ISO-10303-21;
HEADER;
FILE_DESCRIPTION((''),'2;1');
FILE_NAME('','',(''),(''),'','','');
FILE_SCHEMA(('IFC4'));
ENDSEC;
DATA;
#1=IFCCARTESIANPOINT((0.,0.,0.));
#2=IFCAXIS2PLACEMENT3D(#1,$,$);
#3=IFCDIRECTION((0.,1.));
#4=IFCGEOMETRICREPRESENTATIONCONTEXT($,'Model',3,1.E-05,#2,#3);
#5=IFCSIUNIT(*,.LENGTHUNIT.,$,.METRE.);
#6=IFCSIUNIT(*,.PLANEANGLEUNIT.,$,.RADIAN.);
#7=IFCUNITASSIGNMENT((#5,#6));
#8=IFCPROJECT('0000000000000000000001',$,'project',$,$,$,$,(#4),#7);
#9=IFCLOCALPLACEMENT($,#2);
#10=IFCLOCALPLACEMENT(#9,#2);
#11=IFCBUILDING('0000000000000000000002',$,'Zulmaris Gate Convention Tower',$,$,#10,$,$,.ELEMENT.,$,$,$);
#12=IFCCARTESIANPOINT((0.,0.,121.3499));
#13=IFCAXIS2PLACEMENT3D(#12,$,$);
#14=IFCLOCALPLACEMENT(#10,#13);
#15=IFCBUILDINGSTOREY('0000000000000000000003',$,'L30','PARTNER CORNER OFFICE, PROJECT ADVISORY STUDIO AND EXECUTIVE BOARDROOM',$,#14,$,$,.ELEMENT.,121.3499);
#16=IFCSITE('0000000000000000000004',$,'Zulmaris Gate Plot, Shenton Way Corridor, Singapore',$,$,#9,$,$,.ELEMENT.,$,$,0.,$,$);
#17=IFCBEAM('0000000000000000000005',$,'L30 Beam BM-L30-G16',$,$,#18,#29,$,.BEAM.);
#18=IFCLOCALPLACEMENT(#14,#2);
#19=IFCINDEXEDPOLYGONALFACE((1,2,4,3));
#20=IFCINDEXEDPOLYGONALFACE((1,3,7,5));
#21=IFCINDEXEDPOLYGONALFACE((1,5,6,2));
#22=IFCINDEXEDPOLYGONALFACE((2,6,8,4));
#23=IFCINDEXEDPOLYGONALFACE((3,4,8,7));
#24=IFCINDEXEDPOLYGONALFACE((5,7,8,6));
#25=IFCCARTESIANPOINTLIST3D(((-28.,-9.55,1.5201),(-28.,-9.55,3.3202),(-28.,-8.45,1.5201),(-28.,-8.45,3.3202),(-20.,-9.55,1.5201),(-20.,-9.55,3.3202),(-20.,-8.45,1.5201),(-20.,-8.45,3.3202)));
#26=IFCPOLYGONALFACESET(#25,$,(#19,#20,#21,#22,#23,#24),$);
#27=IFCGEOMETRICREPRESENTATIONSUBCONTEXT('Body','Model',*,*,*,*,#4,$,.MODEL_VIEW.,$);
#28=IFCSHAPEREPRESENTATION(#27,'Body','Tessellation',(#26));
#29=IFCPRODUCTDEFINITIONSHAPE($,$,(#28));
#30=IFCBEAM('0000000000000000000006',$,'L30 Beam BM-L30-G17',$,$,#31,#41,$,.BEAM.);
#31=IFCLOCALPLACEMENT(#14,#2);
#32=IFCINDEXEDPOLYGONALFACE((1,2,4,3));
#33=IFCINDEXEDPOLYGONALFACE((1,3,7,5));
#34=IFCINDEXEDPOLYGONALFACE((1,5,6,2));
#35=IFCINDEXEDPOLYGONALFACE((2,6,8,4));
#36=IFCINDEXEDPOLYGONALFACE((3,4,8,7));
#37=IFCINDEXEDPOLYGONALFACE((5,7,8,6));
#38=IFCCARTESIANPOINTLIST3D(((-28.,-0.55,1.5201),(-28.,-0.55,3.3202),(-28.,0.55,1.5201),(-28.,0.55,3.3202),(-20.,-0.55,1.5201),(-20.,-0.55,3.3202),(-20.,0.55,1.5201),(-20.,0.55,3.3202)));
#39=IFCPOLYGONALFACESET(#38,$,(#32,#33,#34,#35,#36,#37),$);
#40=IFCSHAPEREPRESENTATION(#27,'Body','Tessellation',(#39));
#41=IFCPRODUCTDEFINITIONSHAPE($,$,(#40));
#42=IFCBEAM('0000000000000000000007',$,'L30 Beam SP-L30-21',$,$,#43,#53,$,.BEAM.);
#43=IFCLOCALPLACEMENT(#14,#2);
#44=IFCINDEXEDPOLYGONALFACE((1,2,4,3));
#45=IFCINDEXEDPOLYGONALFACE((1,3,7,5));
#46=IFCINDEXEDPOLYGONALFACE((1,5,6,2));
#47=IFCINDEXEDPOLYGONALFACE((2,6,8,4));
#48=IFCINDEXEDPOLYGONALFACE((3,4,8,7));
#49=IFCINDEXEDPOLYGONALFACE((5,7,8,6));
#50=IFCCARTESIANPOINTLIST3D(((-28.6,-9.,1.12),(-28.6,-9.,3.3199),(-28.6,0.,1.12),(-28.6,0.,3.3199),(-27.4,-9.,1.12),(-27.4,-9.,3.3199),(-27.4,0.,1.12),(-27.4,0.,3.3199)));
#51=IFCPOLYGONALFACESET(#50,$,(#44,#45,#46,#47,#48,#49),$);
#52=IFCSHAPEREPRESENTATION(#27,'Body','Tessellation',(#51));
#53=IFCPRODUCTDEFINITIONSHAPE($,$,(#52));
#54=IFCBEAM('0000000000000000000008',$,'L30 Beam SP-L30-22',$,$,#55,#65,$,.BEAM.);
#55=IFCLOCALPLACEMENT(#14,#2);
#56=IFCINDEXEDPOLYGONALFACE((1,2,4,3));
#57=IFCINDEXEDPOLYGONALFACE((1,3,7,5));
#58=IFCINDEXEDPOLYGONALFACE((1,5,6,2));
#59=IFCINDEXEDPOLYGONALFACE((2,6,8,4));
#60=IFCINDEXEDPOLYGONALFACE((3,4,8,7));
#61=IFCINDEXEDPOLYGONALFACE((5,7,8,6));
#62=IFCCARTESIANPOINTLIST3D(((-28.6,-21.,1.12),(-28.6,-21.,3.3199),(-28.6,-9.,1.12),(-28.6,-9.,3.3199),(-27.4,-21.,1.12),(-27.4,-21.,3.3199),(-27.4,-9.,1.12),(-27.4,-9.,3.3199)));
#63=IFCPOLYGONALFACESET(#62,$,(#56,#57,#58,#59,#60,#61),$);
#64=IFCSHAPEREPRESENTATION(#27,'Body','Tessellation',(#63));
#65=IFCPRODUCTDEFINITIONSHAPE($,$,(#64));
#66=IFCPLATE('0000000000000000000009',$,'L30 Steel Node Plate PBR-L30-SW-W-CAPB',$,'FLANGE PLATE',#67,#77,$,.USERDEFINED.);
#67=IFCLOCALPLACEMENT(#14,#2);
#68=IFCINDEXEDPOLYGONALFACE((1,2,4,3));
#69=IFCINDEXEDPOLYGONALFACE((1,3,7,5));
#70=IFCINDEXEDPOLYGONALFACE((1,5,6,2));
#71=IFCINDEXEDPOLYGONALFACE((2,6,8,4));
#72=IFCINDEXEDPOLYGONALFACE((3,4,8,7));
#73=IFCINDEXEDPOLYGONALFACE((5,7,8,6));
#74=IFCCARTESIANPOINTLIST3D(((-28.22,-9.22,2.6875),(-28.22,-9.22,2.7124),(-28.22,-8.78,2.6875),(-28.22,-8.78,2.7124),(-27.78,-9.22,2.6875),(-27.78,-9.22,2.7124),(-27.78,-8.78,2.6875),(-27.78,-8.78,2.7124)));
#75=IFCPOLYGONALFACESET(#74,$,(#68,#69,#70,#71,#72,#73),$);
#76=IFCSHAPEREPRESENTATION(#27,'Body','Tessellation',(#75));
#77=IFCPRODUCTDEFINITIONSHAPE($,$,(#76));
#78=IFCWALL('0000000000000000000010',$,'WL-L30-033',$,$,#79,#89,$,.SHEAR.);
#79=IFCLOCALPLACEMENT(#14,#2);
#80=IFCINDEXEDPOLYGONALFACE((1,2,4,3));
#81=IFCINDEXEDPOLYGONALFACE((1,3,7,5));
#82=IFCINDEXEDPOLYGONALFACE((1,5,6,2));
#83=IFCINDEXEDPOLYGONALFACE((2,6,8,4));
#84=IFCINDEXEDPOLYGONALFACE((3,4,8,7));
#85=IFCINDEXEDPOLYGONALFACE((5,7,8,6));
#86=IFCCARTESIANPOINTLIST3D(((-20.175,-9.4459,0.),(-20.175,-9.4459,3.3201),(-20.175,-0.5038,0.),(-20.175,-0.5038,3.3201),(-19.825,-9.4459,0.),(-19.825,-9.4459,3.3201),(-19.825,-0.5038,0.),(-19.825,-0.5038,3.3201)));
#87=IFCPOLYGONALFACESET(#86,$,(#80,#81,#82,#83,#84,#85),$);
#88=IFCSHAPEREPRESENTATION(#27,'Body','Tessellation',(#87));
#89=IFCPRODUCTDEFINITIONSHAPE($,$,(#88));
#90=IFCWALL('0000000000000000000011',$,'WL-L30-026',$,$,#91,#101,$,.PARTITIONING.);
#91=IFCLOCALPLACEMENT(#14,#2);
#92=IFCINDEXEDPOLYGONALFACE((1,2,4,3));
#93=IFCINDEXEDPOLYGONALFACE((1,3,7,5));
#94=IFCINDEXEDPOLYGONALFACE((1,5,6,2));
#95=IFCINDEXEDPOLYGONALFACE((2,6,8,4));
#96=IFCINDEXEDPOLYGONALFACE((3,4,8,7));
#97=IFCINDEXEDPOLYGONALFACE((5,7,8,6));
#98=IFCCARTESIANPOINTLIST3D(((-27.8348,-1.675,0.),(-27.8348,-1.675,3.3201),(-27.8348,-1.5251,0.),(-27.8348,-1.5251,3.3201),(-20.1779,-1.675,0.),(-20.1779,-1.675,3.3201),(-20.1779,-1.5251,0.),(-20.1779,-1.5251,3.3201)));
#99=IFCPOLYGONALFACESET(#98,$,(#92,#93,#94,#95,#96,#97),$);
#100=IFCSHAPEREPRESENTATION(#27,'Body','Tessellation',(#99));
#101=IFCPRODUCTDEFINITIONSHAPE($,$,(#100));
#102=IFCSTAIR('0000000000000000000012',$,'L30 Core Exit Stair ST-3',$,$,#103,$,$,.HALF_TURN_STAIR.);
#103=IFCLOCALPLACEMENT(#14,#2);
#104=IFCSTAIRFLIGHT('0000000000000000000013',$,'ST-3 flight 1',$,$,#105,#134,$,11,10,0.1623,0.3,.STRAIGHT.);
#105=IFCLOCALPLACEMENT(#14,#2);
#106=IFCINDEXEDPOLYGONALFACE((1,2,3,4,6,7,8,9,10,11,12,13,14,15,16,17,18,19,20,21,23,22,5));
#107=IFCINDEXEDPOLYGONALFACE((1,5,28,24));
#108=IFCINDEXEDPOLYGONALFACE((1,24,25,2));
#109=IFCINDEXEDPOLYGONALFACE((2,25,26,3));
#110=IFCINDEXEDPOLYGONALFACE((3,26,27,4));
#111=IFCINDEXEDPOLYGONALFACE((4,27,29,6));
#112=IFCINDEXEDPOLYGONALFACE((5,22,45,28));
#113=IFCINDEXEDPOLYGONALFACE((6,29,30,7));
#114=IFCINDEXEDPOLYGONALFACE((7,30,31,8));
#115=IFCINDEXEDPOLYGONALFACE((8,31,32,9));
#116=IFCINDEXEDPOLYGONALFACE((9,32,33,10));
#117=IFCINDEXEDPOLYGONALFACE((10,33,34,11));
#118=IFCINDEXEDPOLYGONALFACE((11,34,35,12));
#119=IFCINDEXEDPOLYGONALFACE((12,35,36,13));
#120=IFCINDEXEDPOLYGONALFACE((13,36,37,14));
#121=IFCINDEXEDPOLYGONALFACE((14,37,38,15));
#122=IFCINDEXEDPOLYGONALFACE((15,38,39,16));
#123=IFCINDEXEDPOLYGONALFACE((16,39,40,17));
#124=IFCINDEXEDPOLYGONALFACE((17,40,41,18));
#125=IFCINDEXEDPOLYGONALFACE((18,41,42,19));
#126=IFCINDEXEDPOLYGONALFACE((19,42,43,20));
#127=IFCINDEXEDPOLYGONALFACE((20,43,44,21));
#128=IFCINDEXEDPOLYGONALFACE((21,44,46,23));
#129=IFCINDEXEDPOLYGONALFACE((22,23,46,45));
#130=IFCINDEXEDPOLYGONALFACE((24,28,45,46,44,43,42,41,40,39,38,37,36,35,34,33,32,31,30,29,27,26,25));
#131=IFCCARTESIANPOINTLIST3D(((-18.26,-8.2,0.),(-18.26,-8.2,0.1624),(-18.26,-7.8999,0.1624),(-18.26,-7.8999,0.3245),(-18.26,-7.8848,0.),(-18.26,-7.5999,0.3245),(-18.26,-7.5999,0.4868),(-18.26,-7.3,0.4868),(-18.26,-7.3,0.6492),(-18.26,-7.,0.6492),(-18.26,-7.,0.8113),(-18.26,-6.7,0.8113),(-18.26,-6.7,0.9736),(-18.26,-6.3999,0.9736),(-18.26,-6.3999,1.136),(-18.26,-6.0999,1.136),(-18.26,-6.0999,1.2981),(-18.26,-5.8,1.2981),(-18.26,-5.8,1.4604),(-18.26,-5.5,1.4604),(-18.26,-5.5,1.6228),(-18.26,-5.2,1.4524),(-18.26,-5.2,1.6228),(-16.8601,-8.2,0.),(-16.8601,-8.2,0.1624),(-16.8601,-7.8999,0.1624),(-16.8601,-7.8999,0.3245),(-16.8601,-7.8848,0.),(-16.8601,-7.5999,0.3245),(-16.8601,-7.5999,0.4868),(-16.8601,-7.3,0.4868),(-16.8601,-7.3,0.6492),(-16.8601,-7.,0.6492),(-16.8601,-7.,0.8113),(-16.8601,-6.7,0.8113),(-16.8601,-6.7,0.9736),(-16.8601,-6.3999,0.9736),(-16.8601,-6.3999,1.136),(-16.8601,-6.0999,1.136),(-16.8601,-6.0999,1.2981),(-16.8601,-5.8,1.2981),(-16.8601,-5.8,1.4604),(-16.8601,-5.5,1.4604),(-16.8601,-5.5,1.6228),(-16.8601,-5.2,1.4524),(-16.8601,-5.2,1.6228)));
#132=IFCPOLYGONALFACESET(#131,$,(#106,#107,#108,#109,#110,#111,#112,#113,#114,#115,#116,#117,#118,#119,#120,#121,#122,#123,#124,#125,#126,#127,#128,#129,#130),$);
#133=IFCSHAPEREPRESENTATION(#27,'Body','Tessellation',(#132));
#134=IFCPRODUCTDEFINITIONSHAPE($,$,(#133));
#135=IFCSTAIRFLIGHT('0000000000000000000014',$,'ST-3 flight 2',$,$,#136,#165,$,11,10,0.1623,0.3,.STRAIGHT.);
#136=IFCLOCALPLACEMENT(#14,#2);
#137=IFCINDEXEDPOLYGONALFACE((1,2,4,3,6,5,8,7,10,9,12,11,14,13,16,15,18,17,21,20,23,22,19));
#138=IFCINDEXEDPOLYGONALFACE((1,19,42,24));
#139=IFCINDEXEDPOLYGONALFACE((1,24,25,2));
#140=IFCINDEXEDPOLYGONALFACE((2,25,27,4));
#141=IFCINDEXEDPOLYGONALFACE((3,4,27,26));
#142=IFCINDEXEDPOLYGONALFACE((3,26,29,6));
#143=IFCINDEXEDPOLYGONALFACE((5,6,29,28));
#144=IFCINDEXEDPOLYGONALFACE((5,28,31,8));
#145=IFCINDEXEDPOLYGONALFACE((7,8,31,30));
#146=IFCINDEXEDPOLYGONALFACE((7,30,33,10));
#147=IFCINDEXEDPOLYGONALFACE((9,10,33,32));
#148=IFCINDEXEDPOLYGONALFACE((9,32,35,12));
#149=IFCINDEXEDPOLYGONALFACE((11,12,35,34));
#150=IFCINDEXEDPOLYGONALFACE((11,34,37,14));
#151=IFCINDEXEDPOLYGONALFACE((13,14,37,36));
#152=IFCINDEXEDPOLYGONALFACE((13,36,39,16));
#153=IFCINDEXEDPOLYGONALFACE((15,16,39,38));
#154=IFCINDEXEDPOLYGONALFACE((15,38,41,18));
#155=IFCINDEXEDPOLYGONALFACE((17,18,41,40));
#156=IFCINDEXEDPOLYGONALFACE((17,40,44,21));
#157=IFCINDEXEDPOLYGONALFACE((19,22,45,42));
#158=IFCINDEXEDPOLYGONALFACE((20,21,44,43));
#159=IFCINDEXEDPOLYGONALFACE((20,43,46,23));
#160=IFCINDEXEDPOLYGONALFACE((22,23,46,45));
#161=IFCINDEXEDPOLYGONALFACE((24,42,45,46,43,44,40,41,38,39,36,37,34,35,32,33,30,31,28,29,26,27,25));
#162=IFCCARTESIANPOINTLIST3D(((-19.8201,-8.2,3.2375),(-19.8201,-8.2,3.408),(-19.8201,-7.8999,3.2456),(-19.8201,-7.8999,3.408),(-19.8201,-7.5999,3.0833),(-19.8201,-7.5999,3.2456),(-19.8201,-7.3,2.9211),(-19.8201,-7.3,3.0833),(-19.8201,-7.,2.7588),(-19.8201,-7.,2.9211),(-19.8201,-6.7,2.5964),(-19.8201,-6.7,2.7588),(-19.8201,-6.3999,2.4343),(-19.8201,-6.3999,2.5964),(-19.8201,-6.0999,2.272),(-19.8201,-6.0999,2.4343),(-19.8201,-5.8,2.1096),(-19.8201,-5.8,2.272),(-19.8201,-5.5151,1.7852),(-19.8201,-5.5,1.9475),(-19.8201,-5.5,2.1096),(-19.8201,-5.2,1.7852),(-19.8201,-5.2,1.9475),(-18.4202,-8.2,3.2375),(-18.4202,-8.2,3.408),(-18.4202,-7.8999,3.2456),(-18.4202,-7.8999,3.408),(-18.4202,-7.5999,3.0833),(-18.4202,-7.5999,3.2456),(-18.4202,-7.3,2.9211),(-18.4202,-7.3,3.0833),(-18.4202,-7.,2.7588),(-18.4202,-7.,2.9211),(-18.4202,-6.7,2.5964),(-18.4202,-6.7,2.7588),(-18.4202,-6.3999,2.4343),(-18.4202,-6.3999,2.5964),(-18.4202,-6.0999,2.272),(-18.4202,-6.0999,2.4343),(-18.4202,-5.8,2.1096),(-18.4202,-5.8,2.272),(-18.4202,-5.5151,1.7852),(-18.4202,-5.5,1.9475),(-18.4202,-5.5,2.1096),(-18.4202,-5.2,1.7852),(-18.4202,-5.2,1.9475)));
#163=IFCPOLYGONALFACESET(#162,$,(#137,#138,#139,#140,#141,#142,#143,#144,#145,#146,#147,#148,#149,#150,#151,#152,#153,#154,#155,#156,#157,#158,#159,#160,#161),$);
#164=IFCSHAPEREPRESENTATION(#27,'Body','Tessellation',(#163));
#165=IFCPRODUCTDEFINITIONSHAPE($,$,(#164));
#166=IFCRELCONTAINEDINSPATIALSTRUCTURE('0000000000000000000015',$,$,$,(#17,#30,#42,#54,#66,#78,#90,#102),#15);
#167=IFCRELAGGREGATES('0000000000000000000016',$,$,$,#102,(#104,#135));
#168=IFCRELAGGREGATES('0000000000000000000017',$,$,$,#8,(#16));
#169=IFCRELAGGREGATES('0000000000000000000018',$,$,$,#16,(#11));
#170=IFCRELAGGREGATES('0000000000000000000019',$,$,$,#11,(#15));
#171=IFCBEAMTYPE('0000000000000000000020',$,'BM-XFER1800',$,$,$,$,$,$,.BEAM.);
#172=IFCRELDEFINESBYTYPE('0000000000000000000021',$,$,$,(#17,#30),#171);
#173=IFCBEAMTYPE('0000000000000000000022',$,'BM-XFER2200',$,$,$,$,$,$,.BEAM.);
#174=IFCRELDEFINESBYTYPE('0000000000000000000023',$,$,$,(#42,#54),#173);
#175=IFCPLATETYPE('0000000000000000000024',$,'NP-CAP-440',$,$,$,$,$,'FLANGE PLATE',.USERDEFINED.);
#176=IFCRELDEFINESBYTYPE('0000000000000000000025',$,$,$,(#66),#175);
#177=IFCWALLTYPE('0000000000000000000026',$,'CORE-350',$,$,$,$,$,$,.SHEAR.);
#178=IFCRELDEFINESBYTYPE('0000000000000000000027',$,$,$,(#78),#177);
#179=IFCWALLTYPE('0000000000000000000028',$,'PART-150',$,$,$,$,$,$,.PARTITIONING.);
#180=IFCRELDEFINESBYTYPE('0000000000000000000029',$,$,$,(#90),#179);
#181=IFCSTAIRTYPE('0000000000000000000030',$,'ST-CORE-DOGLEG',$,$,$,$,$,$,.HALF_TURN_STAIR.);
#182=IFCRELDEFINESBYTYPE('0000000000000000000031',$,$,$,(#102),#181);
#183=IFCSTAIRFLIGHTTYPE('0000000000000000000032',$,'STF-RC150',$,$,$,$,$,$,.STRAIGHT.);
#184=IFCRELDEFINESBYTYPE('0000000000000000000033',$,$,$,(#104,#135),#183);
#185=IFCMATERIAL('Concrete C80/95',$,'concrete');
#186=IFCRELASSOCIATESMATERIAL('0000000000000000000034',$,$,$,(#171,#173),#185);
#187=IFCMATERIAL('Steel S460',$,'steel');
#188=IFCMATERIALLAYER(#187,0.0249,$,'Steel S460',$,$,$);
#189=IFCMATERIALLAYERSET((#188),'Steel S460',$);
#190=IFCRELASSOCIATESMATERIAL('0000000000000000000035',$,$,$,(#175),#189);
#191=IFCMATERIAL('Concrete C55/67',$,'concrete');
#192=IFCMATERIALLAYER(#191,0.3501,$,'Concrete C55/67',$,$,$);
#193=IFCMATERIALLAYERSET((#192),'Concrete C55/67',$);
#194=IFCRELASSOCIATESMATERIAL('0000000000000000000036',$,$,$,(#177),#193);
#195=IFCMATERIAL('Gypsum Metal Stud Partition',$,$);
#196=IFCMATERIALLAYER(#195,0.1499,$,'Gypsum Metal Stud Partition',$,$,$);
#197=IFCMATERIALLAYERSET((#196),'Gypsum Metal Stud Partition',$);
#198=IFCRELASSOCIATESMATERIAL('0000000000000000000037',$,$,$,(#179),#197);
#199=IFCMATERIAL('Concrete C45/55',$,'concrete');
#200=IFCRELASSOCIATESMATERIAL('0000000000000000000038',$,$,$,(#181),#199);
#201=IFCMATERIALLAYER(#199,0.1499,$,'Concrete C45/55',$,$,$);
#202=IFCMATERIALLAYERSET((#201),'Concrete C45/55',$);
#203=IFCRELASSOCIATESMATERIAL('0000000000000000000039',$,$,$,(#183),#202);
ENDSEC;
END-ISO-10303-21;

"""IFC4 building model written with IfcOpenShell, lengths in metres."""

from ifc_helpers import new_model, si_unit, direction, frame, frame_2d, origin, origin_2d, place, context, subcontext, project, spatial, polyline, rectangle, outline, extrude, material, layer, layer_set, material_profile, profile_set, type_object, element, aggregate, save


model = new_model("IFC4")

# Units and contexts
model_context = context("Model", 3, precision=1e-05, world=origin(), true_north=direction((0.0, 1.0)))
body_context = subcontext(model_context, "Body", "Model", "MODEL_VIEW")
ifc_project = project(units=[si_unit("LENGTHUNIT", "METRE"), si_unit("PLANEANGLEUNIT", "RADIAN")], contexts=[model_context])

# Site, building, storey
site_placement = place(None, origin())
site = spatial("IfcSite", under=ifc_project, at=site_placement, Name="Zulmaris Gate Plot, Shenton Way Corridor, Singapore", CompositionType="ELEMENT", RefElevation=0.0)
building_placement = place(site_placement, origin())
building = spatial("IfcBuilding", under=site, at=building_placement, Name="Zulmaris Gate Convention Tower", CompositionType="ELEMENT")
storey_placement = place(building_placement, frame((0.0, 0.0, 121.3499)))
storey = spatial("IfcBuildingStorey", under=building, at=storey_placement, Name="L30", Description="PARTNER CORNER OFFICE, PROJECT ADVISORY STUDIO AND EXECUTIVE BOARDROOM", CompositionType="ELEMENT", Elevation=121.3499)

# Beams
ifc_material_1 = material(Name="Concrete C80/95", Category="concrete")
ifc_material_profile_1 = material_profile(ifc_material_1, rectangle(XDim=1.1001, YDim=1.8, at=origin_2d()), Name="RC TRANSFER 1100x1800")
ifc_profile_set_1 = profile_set([ifc_material_profile_1], Name="Concrete C80/95")
beam_type_1 = type_object("IfcBeamType", Name="BM-XFER1800", PredefinedType="BEAM", material=ifc_profile_set_1)
for number, where, z_axis, x_axis, name in (
    (1, (-28.0, -9.0, 2.4202), (1.0, 0.0, 0.0), (0.0, 1.0, 0.0), "L30 Beam BM-L30-G16"),
    (2, (-28.0, 0.0, 2.4202), (1.0, 0.0, 0.0), (0.0, 1.0, 0.0), "L30 Beam BM-L30-G17"),
):
    element("IfcBeam", number, at=place(storey_placement, frame(where, z_axis=z_axis, x_axis=x_axis)), inside=storey, type_object=beam_type_1, Name=name, PredefinedType="BEAM", context=body_context, shape_type="SweptSolid", body=[
        extrude(rectangle(XDim=1.1001, YDim=1.8, at=origin_2d()), origin(), (0.0, 0.0, 1.0), 8.0),
    ])
ifc_material_profile_2 = material_profile(ifc_material_1, rectangle(XDim=1.2, YDim=2.2, at=origin_2d()), Name="RC TRANSFER 1200x2200")
ifc_profile_set_2 = profile_set([ifc_material_profile_2], Name="Concrete C80/95")
beam_type_2 = type_object("IfcBeamType", Name="BM-XFER2200", PredefinedType="BEAM", material=ifc_profile_set_2)
beam_1_placement = place(storey_placement, frame((-28.0, 0.0, 2.22), z_axis=(0.0, -1.0, 0.0), x_axis=(1.0, 0.0, 0.0)))
element("IfcBeam", 3, at=beam_1_placement, inside=storey, type_object=beam_type_2, Name="L30 Beam SP-L30-21", PredefinedType="BEAM", context=body_context, shape_type="SweptSolid", body=[
    extrude(rectangle(XDim=1.2, YDim=2.2, at=origin_2d()), origin(), (0.0, 0.0, 1.0), 9.0),
])
beam_2_placement = place(storey_placement, frame((-28.0, -9.0, 2.22), z_axis=(0.0, -1.0, 0.0), x_axis=(1.0, 0.0, 0.0)))
element("IfcBeam", 4, at=beam_2_placement, inside=storey, type_object=beam_type_2, Name="L30 Beam SP-L30-22", PredefinedType="BEAM", context=body_context, shape_type="SweptSolid", body=[
    extrude(rectangle(XDim=1.2, YDim=2.2, at=origin_2d()), origin(), (0.0, 0.0, 1.0), 12.0),
])

# Plate
ifc_material_2 = material(Name="Steel S460", Category="steel")
ifc_layer_1 = layer(ifc_material_2, 0.0249, Name="Steel S460")
ifc_layer_set_1 = layer_set([ifc_layer_1], Name="Steel S460")
plate_type = type_object("IfcPlateType", Name="NP-CAP-440", ElementType="FLANGE PLATE", PredefinedType="USERDEFINED", material=ifc_layer_set_1)
plate_placement = place(storey_placement, frame((-28.0, -9.0, 2.6875), z_axis=(0.0, 0.0, 1.0), x_axis=(1.0, 0.0, 0.0)))
element("IfcPlate", 5, at=plate_placement, inside=storey, type_object=plate_type, Name="L30 Steel Node Plate PBR-L30-SW-W-CAPB", ObjectType="FLANGE PLATE", PredefinedType="USERDEFINED", context=body_context, shape_type="SweptSolid", body=[
    extrude(rectangle(XDim=0.4399, YDim=0.4399, at=origin_2d()), origin(), (0.0, 0.0, 1.0), 0.0249),
])

# Shared definitions
ifc_material_3 = material(Name="Concrete C55/67", Category="concrete")
ifc_layer_2 = layer(ifc_material_3, 0.3501, Name="Concrete C55/67")
ifc_layer_set_2 = layer_set([ifc_layer_2], Name="Concrete C55/67")
wall_type_1 = type_object("IfcWallType", Name="CORE-350", PredefinedType="SHEAR", material=ifc_layer_set_2)

# Walls
wall_1_placement = place(storey_placement, frame((-20.0, -9.446, 0.0), z_axis=(0.0, 0.0, 1.0), x_axis=(0.0, 1.0, 0.0)))
element("IfcWall", 6, at=wall_1_placement, inside=storey, type_object=wall_type_1, Name="WL-L30-033", PredefinedType="SHEAR", context=body_context, shape_type="SweptSolid", body=[
    extrude(rectangle(XDim=8.9421, YDim=0.3501, at=frame_2d((4.4712, 0.0))), origin(), (0.0, 0.0, 1.0), 3.3201),
])
ifc_material_4 = material(Name="Gypsum Metal Stud Partition")
ifc_layer_3 = layer(ifc_material_4, 0.1499, Name="Gypsum Metal Stud Partition")
ifc_layer_set_3 = layer_set([ifc_layer_3], Name="Gypsum Metal Stud Partition")
wall_type_2 = type_object("IfcWallType", Name="PART-150", PredefinedType="PARTITIONING", material=ifc_layer_set_3)
wall_2_placement = place(storey_placement, frame((-27.835, -1.6001, 0.0), z_axis=(0.0, 0.0, 1.0), x_axis=(1.0, 0.0, 0.0)))
element("IfcWall", 7, at=wall_2_placement, inside=storey, type_object=wall_type_2, Name="WL-L30-026", PredefinedType="PARTITIONING", context=body_context, shape_type="SweptSolid", body=[
    extrude(rectangle(XDim=7.657, YDim=0.1499, at=frame_2d((3.8286, 0.0))), origin(), (0.0, 0.0, 1.0), 3.3201),
])

# Stair, stair flights
ifc_material_5 = material(Name="Concrete C45/55", Category="concrete")
stair_type = type_object("IfcStairType", Name="ST-CORE-DOGLEG", PredefinedType="HALF_TURN_STAIR", material=ifc_material_5)
stair_placement = place(storey_placement, origin())
stair = element("IfcStair", 8, at=stair_placement, inside=storey, type_object=stair_type, Name="L30 Core Exit Stair ST-3", PredefinedType="HALF_TURN_STAIR")
ifc_layer_4 = layer(ifc_material_5, 0.1499, Name="Concrete C45/55")
ifc_layer_set_4 = layer_set([ifc_layer_4], Name="Concrete C45/55")
stair_flight_type = type_object("IfcStairFlightType", Name="STF-RC150", PredefinedType="STRAIGHT", material=ifc_layer_set_4)
stair_flight_1_placement = place(storey_placement, frame((-17.5601, -8.2, 0.0), z_axis=(0.0, 0.0, 1.0), x_axis=(0.0, 1.0, 0.0)))
stair_flight_1 = element("IfcStairFlight", 9, at=stair_flight_1_placement, type_object=stair_flight_type, Name="ST-3 flight 1", NumberOfRisers=11, NumberOfTreads=10, PredefinedType="STRAIGHT", RiserHeight=0.1623, TreadLength=0.3, context=body_context, shape_type="SweptSolid", body=[
    extrude(outline(polyline([(0.0, 0.0), (0.0, 0.1624), (0.3, 0.1624), (0.3, 0.3245), (0.6001, 0.3245), (0.6001, 0.4868), (0.8999, 0.4868), (0.8999, 0.6492), (1.2, 0.6492), (1.2, 0.8113), (1.5, 0.8113), (1.5, 0.9736), (1.8, 0.9736), (1.8, 1.136), (2.1001, 1.136), (2.1001, 1.2981), (2.3999, 1.2981), (2.3999, 1.4604), (2.7, 1.4604), (2.7, 1.6228), (3.0, 1.6228), (3.0, 1.7849), (3.0, 1.4524), (0.3152, 0.0), (0.0, 0.0)])), frame((0.0, 0.7, 0.0), z_axis=(0.0, -1.0, 0.0), x_axis=(1.0, 0.0, 0.0)), (0.0, 0.0, 1.0), 1.3999),
])
stair_flight_2_placement = place(storey_placement, frame((-19.1201, -5.2, 1.7852), z_axis=(0.0, 0.0, 1.0), x_axis=(0.0, -1.0, 0.0)))
stair_flight_2 = element("IfcStairFlight", 10, at=stair_flight_2_placement, type_object=stair_flight_type, Name="ST-3 flight 2", NumberOfRisers=11, NumberOfTreads=10, PredefinedType="STRAIGHT", RiserHeight=0.1623, TreadLength=0.3, context=body_context, shape_type="SweptSolid", body=[
    extrude(outline(polyline([(0.0, 0.0), (0.0, 0.1624), (0.3, 0.1624), (0.3, 0.3245), (0.6001, 0.3245), (0.6001, 0.4868), (0.8999, 0.4868), (0.8999, 0.6492), (1.2, 0.6492), (1.2, 0.8113), (1.5, 0.8113), (1.5, 0.9736), (1.8, 0.9736), (1.8, 1.136), (2.1001, 1.136), (2.1001, 1.2981), (2.3999, 1.2981), (2.3999, 1.4604), (2.7, 1.4604), (2.7, 1.6228), (3.0, 1.6228), (3.0, 1.7849), (3.0, 1.4524), (0.3152, 0.0), (0.0, 0.0)])), frame((0.0, 0.7, 0.0), z_axis=(0.0, -1.0, 0.0), x_axis=(1.0, 0.0, 0.0)), (0.0, 0.0, 1.0), 1.3999),
])
aggregate(stair, [stair_flight_1, stair_flight_2])

save(model, "model.ifc")
